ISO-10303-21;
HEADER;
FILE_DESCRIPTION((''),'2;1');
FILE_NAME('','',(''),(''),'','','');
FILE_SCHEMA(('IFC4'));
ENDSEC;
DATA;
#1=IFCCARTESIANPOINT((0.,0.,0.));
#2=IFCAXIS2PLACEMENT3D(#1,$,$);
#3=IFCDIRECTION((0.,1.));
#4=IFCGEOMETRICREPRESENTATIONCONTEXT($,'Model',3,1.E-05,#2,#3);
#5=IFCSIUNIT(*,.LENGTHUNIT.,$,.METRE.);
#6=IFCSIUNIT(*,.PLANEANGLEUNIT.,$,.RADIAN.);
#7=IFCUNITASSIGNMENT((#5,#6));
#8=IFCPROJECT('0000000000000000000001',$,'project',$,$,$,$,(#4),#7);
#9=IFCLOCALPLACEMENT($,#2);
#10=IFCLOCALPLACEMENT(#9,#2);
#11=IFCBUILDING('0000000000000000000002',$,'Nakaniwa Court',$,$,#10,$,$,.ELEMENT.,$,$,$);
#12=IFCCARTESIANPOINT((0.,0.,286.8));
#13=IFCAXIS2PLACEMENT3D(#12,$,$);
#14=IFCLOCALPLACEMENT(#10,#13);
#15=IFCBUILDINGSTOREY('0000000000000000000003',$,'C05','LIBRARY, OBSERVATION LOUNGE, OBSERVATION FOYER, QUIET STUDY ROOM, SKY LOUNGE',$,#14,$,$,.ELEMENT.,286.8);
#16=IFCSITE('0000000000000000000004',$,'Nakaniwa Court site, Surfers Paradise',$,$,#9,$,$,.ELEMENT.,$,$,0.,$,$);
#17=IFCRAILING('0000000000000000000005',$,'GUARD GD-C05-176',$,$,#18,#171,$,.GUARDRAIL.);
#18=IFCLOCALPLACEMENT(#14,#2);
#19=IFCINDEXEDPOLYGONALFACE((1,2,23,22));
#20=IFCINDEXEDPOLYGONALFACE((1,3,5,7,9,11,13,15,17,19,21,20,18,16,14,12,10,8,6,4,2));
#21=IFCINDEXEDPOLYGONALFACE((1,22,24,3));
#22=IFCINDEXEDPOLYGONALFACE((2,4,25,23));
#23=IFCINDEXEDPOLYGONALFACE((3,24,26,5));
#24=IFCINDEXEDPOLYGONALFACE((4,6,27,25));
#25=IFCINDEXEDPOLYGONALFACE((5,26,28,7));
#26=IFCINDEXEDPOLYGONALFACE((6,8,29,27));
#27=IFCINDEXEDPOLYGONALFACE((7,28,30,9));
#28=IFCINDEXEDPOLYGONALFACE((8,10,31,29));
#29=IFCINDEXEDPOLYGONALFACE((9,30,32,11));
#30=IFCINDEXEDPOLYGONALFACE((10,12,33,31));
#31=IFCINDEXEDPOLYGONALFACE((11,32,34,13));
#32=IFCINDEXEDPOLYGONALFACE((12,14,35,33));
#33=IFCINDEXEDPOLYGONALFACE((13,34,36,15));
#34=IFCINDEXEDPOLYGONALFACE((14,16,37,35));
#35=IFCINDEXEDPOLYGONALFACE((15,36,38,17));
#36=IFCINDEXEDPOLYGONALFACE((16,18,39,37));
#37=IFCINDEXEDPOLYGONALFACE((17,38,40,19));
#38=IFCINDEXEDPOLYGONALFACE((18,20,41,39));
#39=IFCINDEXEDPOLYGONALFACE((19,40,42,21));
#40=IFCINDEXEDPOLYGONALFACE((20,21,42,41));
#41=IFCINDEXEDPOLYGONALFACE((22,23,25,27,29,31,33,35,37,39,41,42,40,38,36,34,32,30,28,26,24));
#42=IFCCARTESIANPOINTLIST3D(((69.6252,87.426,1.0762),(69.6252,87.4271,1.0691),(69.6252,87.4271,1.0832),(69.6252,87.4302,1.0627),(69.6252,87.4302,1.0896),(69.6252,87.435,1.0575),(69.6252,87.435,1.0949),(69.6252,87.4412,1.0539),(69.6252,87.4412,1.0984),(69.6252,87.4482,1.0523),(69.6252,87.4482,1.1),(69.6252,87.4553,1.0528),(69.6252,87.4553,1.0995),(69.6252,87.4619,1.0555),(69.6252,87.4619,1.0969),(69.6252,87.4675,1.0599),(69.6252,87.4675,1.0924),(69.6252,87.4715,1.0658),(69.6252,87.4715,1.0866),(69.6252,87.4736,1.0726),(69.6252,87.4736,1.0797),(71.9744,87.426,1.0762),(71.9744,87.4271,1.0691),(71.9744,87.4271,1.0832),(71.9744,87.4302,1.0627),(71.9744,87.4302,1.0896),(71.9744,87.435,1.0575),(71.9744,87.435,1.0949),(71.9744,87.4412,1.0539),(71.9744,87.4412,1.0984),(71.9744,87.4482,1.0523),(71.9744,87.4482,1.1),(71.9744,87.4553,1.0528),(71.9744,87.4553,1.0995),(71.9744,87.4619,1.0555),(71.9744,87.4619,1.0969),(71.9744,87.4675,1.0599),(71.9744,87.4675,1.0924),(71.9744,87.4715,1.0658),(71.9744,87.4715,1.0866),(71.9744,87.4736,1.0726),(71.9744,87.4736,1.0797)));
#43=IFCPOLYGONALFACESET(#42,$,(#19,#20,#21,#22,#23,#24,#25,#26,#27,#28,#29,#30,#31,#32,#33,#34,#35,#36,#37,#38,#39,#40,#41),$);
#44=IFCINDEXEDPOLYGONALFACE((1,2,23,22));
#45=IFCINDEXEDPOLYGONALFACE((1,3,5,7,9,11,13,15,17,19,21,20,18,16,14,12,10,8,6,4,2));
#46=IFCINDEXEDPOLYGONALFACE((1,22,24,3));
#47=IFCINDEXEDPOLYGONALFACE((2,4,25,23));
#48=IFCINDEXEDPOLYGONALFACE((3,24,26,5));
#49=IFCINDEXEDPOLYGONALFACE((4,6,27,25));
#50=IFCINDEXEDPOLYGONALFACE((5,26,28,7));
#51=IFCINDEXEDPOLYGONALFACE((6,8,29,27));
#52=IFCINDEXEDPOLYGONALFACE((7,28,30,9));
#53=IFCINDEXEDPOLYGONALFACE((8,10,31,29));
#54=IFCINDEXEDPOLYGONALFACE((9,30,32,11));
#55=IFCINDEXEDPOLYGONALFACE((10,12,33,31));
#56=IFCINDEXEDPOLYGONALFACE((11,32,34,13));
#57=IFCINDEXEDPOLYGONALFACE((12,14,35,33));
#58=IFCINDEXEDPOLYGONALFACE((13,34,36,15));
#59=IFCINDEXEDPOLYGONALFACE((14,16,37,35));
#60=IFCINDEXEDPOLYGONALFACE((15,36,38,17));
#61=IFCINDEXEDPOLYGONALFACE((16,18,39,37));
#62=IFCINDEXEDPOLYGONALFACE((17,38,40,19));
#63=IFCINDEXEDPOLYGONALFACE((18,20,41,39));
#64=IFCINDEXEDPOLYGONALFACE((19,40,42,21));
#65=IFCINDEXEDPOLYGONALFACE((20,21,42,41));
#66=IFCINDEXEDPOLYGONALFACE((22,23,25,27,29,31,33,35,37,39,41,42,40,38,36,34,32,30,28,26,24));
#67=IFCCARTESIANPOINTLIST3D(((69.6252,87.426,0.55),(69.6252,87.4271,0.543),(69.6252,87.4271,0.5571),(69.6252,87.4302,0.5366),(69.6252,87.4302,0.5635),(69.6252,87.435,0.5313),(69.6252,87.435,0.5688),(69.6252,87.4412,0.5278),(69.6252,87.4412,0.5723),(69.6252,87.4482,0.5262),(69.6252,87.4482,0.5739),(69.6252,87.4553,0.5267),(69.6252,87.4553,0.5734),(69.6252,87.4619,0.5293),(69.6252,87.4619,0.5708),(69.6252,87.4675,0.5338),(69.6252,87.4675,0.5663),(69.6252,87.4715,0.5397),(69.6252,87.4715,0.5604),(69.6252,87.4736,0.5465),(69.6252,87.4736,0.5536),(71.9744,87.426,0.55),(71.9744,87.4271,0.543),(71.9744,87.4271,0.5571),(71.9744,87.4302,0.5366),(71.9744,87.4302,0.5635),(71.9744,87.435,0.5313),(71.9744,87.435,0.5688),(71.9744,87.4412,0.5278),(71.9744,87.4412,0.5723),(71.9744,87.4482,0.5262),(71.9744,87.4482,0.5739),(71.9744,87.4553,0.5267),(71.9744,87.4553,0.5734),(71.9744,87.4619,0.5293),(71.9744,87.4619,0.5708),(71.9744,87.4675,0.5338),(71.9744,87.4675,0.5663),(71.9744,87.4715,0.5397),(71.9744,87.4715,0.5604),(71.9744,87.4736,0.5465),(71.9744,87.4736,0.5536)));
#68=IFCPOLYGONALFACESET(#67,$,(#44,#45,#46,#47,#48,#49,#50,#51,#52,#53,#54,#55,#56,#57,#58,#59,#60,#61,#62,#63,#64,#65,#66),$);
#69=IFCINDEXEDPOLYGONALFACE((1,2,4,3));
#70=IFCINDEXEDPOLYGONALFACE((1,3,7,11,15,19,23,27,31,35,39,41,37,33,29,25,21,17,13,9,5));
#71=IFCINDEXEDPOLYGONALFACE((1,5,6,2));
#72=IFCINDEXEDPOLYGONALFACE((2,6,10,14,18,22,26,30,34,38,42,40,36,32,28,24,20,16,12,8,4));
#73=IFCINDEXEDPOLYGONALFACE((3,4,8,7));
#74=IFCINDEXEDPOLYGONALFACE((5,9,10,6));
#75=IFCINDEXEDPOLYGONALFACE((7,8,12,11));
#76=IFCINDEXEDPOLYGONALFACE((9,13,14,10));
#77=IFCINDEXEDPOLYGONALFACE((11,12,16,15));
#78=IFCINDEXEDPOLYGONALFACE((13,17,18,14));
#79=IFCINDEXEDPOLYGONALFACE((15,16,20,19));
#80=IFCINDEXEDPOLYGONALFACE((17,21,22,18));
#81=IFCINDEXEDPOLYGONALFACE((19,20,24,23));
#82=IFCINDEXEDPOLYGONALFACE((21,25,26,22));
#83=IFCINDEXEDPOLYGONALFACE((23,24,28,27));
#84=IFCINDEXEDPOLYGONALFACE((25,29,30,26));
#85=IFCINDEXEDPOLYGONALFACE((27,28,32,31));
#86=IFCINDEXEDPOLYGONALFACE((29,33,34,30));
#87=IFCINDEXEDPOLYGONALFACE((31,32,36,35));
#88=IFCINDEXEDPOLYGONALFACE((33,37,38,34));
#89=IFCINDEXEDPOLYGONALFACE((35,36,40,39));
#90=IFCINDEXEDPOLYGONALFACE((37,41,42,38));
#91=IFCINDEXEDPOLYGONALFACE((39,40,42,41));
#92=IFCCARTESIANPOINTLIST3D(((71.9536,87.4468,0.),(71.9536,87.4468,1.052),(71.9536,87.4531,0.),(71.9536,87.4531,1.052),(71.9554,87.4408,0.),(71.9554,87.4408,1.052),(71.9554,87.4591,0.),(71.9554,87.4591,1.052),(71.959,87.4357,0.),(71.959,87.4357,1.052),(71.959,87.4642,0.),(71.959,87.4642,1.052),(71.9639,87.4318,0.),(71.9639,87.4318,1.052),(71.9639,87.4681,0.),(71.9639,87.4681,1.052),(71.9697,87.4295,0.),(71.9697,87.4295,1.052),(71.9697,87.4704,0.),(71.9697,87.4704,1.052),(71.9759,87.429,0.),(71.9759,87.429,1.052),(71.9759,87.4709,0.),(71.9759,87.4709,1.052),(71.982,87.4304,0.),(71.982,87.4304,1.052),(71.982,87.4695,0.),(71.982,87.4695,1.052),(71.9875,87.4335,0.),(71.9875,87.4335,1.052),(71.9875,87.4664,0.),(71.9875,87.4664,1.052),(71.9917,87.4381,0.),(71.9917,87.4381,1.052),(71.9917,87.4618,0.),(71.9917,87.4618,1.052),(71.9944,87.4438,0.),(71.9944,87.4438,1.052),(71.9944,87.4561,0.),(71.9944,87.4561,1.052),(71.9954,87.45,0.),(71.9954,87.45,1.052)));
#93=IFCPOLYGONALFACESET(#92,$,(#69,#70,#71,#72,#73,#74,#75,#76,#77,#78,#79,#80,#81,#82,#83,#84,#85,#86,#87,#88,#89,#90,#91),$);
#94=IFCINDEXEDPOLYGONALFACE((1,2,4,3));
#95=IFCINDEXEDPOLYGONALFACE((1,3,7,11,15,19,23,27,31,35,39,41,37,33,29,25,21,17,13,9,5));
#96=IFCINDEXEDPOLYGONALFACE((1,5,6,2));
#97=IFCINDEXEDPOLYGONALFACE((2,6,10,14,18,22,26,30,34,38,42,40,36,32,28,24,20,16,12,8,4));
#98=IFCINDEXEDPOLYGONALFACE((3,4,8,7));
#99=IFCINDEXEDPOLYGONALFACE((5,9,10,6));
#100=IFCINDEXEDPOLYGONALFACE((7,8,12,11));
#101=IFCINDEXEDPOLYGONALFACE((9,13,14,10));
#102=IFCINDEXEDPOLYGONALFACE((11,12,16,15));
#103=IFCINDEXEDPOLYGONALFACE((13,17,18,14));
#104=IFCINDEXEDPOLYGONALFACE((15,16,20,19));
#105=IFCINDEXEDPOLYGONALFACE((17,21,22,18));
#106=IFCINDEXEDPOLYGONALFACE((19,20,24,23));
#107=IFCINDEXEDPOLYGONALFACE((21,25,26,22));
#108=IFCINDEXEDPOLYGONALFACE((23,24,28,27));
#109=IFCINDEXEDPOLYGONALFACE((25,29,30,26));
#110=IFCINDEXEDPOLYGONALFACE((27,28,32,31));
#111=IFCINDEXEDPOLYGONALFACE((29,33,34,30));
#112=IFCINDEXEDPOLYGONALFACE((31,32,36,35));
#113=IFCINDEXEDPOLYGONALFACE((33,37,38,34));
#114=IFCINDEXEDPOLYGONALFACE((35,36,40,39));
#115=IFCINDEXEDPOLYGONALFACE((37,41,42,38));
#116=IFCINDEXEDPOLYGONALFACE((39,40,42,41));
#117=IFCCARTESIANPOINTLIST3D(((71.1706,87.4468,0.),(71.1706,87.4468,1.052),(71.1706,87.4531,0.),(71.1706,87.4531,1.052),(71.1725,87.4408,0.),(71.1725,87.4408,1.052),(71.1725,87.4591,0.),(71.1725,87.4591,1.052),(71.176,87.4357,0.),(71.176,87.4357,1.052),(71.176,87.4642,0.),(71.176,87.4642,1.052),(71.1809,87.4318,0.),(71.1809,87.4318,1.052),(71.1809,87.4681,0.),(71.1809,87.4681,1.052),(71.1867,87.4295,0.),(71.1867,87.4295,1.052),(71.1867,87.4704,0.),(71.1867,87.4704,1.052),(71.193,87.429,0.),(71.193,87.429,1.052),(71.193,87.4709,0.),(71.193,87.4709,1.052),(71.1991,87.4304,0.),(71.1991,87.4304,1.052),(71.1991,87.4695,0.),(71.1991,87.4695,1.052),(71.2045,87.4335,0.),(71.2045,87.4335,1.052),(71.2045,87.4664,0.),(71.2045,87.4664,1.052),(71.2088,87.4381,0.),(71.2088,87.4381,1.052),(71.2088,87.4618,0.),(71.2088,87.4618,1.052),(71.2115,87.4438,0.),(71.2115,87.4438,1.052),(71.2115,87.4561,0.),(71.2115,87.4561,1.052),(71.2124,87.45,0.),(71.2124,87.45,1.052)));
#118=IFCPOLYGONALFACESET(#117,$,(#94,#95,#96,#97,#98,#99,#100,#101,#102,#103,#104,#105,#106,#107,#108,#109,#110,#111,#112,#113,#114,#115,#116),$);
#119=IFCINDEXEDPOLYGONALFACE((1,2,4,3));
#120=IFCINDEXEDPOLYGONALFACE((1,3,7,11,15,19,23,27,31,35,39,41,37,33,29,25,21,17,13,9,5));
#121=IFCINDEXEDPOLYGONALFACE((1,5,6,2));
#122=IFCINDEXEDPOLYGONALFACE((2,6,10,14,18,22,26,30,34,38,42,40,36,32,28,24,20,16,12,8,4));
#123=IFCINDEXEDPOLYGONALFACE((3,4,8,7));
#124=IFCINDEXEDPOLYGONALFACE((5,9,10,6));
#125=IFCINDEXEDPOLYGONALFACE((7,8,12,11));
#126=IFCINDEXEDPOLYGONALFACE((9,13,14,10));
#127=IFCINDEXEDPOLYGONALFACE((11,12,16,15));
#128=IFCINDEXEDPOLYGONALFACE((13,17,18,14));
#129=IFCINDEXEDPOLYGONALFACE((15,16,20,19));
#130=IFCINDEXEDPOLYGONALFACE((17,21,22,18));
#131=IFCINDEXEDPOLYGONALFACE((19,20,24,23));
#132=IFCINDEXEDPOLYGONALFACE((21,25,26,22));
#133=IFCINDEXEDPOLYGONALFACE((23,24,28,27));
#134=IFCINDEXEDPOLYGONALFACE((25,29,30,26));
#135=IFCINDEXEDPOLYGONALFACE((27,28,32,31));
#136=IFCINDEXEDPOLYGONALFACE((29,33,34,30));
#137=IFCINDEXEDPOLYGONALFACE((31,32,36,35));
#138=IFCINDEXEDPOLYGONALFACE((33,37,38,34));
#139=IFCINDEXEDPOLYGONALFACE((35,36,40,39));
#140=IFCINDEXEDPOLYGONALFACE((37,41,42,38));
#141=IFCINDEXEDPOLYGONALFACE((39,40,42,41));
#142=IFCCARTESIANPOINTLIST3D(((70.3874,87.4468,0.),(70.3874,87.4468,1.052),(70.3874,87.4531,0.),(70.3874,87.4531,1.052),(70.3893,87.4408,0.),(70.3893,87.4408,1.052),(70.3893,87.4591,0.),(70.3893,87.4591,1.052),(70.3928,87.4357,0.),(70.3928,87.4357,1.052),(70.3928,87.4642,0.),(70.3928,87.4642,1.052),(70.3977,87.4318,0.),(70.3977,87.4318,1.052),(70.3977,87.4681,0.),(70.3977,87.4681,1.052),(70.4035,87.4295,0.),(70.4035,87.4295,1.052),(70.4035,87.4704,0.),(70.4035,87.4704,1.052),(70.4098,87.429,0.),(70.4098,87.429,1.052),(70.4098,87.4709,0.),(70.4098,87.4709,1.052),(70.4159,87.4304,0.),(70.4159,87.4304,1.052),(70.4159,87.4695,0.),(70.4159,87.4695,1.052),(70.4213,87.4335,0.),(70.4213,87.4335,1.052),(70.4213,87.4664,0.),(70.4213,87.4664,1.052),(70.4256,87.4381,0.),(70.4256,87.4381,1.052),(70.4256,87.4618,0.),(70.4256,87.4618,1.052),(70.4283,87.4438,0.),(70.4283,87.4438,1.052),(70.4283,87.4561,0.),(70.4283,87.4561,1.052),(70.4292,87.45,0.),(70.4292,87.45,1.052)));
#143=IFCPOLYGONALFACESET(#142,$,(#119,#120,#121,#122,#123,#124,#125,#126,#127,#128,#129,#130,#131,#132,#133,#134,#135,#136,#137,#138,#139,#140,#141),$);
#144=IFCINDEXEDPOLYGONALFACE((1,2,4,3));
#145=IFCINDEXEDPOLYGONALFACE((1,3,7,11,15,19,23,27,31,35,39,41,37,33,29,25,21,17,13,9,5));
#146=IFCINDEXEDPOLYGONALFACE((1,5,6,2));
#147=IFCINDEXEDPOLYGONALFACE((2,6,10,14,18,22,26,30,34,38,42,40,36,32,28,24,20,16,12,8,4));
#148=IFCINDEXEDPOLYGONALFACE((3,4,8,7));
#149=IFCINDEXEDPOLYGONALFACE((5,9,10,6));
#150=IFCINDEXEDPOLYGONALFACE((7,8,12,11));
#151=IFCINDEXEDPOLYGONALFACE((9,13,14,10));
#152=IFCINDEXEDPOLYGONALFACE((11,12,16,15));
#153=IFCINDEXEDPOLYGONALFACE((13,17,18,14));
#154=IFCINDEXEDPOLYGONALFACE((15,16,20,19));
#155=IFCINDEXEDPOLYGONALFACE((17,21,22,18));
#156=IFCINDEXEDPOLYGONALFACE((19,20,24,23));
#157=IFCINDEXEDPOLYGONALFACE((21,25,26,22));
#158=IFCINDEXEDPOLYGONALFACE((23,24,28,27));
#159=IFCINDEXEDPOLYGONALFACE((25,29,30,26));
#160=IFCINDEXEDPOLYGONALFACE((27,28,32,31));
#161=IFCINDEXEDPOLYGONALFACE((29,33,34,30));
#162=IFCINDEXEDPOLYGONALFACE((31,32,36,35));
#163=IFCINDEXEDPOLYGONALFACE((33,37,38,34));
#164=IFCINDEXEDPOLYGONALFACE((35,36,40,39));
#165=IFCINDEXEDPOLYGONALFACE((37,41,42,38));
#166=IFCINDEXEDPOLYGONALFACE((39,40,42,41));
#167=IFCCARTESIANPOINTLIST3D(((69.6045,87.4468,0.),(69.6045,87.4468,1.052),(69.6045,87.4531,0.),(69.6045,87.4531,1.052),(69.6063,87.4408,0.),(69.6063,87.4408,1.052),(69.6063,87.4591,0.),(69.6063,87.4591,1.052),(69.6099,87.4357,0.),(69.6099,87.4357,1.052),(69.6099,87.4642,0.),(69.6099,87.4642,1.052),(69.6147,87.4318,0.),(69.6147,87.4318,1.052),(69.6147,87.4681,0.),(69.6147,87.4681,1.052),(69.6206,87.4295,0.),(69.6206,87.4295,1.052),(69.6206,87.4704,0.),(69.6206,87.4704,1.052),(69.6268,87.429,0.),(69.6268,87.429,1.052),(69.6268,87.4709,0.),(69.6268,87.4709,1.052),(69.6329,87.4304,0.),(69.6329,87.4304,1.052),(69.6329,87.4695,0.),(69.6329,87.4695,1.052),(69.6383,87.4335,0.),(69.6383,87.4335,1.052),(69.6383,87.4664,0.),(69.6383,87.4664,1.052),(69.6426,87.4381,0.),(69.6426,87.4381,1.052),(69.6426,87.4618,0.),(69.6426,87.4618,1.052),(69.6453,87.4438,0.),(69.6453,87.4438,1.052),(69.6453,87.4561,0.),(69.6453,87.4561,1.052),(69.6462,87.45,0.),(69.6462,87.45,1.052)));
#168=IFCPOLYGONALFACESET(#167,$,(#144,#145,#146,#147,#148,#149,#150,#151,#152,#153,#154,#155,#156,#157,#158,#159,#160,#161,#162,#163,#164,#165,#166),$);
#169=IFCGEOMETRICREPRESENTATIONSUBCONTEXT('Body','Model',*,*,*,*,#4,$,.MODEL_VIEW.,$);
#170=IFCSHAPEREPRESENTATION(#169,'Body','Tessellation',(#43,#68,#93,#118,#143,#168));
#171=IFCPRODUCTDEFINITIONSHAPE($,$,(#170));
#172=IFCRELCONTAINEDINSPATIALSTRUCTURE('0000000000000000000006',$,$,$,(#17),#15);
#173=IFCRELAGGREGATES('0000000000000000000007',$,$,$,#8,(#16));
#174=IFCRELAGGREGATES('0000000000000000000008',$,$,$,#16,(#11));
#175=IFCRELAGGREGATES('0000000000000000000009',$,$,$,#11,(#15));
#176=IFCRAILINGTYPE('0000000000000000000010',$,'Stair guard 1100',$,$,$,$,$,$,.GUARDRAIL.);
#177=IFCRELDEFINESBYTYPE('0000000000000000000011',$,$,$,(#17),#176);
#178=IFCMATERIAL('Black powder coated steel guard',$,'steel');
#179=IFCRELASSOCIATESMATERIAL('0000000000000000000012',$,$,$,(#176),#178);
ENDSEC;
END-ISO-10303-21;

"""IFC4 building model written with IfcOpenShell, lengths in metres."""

from ifc_helpers import new_model, si_unit, direction, frame, origin, origin_2d, place, context, subcontext, project, spatial, circle, extrude, material, type_object, element, save


model = new_model("IFC4")

# Units and contexts
model_context = context("Model", 3, precision=1e-05, world=origin(), true_north=direction((0.0, 1.0)))
body_context = subcontext(model_context, "Body", "Model", "MODEL_VIEW")
ifc_project = project(units=[si_unit("LENGTHUNIT", "METRE"), si_unit("PLANEANGLEUNIT", "RADIAN")], contexts=[model_context])

# Site, building, storey
site_placement = place(None, origin())
site = spatial("IfcSite", under=ifc_project, at=site_placement, Name="Nakaniwa Court site, Surfers Paradise", CompositionType="ELEMENT", RefElevation=0.0)
building_placement = place(site_placement, origin())
building = spatial("IfcBuilding", under=site, at=building_placement, Name="Nakaniwa Court", CompositionType="ELEMENT")
storey_placement = place(building_placement, frame((0.0, 0.0, 286.8)))
storey = spatial("IfcBuildingStorey", under=building, at=storey_placement, Name="C05", Description="LIBRARY, OBSERVATION LOUNGE, OBSERVATION FOYER, QUIET STUDY ROOM, SKY LOUNGE", CompositionType="ELEMENT", Elevation=286.8)

# Railing
ifc_material_1 = material(Name="Black powder coated steel guard", Category="steel")
railing_type = type_object("IfcRailingType", Name="Stair guard 1100", PredefinedType="GUARDRAIL", material=ifc_material_1)
railing_1_placement = place(storey_placement, frame((71.9744, 87.45, 0.0)))
element("IfcRailing", 1, at=railing_1_placement, inside=storey, type_object=railing_type, Name="GUARD GD-C05-176", PredefinedType="GUARDRAIL", context=body_context, shape_type="SweptSolid", body=[
    extrude(circle(Radius=0.0239, at=origin_2d()), frame((0.0, 0.0, 1.0762), z_axis=(-1.0, 0.0, 0.0), x_axis=(0.0, -1.0, 0.0)), (0.0, 0.0, 1.0), 2.3491),
    extrude(circle(Radius=0.0239, at=origin_2d()), frame((0.0, 0.0, 0.55), z_axis=(-1.0, 0.0, 0.0), x_axis=(0.0, -1.0, 0.0)), (0.0, 0.0, 1.0), 2.3491),
    extrude(circle(Radius=0.021, at=origin_2d()), origin(), (0.0, 0.0, 1.0), 1.052),
    extrude(circle(Radius=0.021, at=origin_2d()), frame((-0.783, 0.0, 0.0)), (0.0, 0.0, 1.0), 1.052),
    extrude(circle(Radius=0.021, at=origin_2d()), frame((-1.5662, 0.0, 0.0)), (0.0, 0.0, 1.0), 1.052),
    extrude(circle(Radius=0.021, at=origin_2d()), frame((-2.3491, 0.0, 0.0)), (0.0, 0.0, 1.0), 1.052),
])

save(model, "model.ifc")
